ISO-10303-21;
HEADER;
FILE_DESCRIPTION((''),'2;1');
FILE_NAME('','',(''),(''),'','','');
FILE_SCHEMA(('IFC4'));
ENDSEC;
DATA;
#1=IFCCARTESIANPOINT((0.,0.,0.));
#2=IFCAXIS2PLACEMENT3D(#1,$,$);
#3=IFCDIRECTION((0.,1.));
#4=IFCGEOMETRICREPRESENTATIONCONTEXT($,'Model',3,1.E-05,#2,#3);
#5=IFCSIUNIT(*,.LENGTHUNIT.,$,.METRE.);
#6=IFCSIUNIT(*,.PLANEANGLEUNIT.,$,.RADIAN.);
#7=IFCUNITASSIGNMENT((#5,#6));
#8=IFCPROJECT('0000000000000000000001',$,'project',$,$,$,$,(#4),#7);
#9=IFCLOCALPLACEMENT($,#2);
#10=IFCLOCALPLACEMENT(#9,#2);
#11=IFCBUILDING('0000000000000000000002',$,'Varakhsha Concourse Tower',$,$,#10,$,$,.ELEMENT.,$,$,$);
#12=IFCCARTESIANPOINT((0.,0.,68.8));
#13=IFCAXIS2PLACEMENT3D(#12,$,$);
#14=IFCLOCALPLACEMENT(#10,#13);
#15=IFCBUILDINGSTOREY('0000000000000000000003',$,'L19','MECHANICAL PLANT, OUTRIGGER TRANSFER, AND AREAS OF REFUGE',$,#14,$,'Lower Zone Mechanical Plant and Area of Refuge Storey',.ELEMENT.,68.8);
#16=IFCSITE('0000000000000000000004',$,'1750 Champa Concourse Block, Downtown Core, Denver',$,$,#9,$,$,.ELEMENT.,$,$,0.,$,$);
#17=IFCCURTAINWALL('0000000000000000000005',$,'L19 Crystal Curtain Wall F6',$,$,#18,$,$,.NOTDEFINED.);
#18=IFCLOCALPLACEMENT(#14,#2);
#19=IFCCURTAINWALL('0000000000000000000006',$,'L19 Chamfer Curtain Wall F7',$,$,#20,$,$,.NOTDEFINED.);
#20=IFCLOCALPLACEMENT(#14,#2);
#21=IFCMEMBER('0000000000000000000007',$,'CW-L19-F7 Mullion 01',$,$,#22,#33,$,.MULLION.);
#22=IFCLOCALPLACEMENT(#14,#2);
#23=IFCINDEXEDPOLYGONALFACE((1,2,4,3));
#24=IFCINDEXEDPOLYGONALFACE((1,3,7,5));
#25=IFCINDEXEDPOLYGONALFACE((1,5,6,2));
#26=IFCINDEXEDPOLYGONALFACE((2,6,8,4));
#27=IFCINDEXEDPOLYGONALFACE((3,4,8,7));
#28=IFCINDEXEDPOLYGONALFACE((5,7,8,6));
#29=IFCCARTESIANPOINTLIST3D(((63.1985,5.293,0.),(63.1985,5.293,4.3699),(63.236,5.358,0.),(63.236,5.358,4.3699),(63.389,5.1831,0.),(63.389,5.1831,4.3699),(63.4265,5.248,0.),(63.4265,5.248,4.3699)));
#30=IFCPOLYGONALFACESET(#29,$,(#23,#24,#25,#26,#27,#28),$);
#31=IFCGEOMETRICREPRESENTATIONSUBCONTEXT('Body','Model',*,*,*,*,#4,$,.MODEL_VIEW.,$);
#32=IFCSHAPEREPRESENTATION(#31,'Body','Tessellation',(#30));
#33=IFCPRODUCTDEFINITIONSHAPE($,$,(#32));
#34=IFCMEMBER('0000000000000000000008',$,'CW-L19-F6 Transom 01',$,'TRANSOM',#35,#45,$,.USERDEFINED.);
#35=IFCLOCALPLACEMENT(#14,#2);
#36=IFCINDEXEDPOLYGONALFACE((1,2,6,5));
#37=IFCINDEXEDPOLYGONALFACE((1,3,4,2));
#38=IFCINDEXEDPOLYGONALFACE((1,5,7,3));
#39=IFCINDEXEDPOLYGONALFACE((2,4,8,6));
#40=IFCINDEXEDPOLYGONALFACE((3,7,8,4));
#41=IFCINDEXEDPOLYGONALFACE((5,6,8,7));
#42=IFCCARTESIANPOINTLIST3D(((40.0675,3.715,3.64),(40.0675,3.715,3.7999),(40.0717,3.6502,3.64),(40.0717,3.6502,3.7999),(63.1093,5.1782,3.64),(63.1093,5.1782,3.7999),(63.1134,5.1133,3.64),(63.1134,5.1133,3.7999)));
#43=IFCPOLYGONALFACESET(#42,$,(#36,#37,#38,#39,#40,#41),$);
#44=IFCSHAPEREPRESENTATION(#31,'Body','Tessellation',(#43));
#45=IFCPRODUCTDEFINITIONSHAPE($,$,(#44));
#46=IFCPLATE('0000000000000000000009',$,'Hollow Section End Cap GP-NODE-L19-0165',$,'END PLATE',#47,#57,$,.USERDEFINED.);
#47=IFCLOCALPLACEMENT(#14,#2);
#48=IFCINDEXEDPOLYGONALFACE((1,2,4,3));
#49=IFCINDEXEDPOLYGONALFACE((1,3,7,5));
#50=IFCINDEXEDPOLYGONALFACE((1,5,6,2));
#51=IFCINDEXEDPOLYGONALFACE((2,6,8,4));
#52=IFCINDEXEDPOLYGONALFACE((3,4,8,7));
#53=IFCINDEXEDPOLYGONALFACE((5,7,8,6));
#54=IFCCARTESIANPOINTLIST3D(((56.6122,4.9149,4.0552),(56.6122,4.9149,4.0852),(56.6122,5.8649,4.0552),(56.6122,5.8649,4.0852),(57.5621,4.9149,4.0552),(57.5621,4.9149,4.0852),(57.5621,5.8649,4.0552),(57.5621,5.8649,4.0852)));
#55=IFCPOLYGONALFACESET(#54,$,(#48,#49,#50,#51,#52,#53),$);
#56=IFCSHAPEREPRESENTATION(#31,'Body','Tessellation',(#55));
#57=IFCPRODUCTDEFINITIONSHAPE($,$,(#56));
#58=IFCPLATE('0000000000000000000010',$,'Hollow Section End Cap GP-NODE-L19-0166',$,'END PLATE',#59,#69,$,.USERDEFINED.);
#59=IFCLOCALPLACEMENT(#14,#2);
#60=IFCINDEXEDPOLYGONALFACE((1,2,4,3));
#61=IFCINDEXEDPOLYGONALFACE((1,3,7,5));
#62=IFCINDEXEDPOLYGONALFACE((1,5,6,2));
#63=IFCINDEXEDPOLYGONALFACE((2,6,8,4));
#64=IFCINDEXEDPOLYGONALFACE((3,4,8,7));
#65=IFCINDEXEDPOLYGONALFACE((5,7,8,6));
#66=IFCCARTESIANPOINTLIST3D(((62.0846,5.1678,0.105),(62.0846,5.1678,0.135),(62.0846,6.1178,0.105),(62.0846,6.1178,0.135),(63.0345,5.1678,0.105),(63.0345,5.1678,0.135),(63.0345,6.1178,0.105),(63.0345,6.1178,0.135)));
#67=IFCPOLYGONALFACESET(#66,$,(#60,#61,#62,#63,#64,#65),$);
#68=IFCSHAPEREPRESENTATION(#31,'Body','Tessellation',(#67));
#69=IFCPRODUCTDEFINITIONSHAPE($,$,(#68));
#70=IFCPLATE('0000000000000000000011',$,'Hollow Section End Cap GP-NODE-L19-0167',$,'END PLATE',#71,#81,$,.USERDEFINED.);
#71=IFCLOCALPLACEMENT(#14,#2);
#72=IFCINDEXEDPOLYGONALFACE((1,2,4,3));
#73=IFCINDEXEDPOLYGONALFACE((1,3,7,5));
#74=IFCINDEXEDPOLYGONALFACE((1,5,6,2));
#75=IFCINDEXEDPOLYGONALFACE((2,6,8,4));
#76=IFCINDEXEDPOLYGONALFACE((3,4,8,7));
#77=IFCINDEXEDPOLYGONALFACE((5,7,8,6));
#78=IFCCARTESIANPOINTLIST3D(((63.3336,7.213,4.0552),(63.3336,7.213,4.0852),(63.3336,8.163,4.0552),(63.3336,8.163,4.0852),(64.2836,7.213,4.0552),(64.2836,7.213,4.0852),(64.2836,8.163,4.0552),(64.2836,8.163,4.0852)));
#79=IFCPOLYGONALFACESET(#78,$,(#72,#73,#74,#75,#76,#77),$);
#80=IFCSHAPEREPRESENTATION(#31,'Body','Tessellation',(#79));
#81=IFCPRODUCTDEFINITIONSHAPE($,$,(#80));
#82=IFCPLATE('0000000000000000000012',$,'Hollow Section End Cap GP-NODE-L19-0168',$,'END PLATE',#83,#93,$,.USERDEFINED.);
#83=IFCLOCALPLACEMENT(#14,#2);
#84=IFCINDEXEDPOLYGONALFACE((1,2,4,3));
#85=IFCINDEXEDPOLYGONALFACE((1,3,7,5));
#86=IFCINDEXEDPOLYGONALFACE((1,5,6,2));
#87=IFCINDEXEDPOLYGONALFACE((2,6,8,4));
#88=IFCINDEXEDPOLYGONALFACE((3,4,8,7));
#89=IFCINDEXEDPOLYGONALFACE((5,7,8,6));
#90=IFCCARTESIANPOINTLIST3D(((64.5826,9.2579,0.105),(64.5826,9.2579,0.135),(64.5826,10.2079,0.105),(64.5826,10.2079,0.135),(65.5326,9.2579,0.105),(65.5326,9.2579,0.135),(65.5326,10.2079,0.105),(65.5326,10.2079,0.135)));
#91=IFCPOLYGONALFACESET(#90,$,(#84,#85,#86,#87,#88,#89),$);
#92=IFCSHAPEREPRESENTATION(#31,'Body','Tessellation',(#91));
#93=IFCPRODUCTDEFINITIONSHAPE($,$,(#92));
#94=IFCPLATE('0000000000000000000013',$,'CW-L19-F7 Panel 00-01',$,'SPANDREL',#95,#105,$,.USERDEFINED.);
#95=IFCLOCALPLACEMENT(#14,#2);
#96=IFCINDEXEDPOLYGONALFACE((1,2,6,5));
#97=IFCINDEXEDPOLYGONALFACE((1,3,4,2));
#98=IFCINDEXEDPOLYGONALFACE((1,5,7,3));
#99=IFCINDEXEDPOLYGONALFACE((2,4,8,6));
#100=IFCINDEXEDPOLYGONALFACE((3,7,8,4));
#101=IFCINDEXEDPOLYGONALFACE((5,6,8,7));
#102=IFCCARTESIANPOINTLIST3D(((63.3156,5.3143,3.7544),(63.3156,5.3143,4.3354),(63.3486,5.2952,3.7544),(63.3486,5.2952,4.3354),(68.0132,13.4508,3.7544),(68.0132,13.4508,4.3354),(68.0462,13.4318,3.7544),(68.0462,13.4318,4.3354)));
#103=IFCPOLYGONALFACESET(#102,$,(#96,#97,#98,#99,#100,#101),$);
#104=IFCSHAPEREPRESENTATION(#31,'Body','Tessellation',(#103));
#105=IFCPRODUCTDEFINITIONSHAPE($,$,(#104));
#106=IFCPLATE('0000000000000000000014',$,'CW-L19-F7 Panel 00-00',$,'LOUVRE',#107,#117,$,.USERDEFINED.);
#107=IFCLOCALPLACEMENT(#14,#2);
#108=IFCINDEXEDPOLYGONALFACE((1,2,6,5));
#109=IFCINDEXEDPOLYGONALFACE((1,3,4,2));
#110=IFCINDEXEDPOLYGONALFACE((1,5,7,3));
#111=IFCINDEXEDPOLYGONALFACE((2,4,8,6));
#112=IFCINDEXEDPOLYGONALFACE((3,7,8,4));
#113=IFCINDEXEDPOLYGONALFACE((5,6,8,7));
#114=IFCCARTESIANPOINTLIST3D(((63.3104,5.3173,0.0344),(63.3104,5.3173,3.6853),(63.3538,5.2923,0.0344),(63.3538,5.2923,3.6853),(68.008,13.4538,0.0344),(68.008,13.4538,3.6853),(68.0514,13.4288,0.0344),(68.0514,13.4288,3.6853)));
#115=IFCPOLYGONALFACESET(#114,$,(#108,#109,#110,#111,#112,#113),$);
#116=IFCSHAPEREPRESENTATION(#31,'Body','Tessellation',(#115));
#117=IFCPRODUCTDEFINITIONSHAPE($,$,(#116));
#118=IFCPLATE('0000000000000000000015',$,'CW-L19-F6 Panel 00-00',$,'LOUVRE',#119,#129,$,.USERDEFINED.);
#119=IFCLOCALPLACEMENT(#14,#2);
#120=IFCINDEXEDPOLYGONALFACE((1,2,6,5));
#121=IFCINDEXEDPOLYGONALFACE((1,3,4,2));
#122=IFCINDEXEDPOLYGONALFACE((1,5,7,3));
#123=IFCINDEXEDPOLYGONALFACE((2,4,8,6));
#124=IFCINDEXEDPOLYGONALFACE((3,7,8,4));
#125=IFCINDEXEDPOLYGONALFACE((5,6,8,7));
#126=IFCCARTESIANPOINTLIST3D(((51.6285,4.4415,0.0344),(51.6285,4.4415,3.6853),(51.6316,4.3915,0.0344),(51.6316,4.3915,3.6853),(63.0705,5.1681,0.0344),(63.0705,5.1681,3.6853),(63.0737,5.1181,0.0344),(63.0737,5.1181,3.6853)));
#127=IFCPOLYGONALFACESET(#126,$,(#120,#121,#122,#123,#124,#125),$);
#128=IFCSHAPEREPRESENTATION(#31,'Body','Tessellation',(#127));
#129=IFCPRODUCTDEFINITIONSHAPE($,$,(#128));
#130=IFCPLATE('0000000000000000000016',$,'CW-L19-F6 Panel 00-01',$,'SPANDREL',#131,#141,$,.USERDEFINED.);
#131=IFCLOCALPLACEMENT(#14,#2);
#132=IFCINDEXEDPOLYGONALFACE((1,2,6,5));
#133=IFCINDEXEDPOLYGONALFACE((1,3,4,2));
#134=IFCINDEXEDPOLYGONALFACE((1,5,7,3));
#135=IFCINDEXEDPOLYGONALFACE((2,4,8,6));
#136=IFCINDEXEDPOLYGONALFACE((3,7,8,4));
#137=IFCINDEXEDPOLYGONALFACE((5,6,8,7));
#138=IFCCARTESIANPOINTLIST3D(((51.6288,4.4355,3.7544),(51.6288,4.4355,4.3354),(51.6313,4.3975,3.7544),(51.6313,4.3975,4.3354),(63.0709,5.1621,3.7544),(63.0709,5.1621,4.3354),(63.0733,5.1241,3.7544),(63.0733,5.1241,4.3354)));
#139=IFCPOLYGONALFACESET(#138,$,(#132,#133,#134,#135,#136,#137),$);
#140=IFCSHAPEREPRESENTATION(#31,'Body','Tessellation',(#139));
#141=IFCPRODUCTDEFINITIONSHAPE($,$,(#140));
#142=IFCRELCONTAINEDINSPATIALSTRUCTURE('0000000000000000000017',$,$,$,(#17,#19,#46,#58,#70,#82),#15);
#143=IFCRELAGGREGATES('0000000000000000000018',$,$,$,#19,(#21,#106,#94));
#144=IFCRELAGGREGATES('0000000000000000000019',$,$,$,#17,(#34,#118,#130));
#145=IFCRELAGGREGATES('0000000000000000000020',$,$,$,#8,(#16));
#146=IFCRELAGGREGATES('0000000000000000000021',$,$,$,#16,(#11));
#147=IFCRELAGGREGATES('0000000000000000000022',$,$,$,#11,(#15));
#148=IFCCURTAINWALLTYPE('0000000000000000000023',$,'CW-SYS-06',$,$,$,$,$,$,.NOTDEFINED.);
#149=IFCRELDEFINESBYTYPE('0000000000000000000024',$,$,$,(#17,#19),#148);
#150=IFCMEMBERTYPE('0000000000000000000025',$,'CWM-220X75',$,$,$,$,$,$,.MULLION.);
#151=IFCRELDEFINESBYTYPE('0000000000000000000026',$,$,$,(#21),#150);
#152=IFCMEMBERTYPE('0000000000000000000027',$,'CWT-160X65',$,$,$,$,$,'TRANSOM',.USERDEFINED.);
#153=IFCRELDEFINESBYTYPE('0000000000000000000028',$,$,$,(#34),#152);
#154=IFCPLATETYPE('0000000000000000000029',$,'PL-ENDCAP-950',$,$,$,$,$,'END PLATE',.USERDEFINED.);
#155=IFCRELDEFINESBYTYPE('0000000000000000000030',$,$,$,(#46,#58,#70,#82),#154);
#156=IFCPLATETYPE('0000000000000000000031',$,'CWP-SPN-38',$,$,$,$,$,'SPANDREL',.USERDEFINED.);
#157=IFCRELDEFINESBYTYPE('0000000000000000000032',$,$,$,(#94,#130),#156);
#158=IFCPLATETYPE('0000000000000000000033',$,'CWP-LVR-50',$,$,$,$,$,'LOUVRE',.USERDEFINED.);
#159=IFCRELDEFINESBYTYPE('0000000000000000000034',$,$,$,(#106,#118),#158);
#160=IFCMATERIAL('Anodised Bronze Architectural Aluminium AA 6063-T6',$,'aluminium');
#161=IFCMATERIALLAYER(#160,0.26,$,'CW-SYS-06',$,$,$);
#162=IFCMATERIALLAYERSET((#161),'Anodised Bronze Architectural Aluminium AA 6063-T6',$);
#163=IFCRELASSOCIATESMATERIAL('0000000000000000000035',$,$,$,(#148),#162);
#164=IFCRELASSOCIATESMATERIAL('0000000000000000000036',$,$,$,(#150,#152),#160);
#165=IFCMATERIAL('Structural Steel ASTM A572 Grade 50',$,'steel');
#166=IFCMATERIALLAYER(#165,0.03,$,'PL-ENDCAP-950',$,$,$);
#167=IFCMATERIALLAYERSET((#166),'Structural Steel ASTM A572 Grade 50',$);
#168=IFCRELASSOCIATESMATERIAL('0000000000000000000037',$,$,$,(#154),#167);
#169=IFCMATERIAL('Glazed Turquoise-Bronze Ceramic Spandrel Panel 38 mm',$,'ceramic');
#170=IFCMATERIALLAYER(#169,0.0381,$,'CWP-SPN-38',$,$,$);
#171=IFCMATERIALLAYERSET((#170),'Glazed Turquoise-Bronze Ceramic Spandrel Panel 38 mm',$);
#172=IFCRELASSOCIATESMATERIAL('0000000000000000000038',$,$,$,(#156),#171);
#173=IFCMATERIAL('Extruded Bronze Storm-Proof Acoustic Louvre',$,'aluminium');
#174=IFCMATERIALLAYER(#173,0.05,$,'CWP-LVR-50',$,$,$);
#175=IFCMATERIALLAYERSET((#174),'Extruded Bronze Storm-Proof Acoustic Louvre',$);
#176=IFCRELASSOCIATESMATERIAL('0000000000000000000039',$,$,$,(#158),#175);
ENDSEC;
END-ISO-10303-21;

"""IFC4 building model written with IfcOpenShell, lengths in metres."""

from ifc_helpers import new_model, si_unit, direction, frame, origin, origin_2d, place, context, subcontext, project, spatial, rectangle, extrude, source, transform, mapped, material, layer, layer_set, material_profile, profile_set, type_object, type_shapes, element, aggregate, save


model = new_model("IFC4")

# Units and contexts
model_context = context("Model", 3, precision=1e-05, world=origin(), true_north=direction((0.0, 1.0)))
body_context = subcontext(model_context, "Body", "Model", "MODEL_VIEW")
ifc_project = project(units=[si_unit("LENGTHUNIT", "METRE"), si_unit("PLANEANGLEUNIT", "RADIAN")], contexts=[model_context])

# Site, building, storey
site_placement = place(None, origin())
site = spatial("IfcSite", under=ifc_project, at=site_placement, Name="1750 Champa Concourse Block, Downtown Core, Denver", CompositionType="ELEMENT", RefElevation=0.0)
building_placement = place(site_placement, origin())
building = spatial("IfcBuilding", under=site, at=building_placement, Name="Varakhsha Concourse Tower", CompositionType="ELEMENT")
storey_placement = place(building_placement, frame((0.0, 0.0, 68.8)))
storey = spatial("IfcBuildingStorey", under=building, at=storey_placement, Name="L19", Description="MECHANICAL PLANT, OUTRIGGER TRANSFER, AND AREAS OF REFUGE", LongName="Lower Zone Mechanical Plant and Area of Refuge Storey", CompositionType="ELEMENT", Elevation=68.8)

# Shared definitions
ifc_material_1 = material(Name="Structural Steel ASTM A572 Grade 50", Category="steel")

# Curtain walls, member
ifc_material_2 = material(Name="Anodised Bronze Architectural Aluminium AA 6063-T6", Category="aluminium")
ifc_layer_1 = layer(ifc_material_2, 0.26, Name="CW-SYS-06")
ifc_layer_set_1 = layer_set([ifc_layer_1], Name="Anodised Bronze Architectural Aluminium AA 6063-T6")
curtain_wall_type = type_object("IfcCurtainWallType", Name="CW-SYS-06", PredefinedType="NOTDEFINED", material=ifc_layer_set_1)
curtain_wall_1_placement = place(storey_placement, origin())
curtain_wall_1 = element("IfcCurtainWall", 1, at=curtain_wall_1_placement, inside=storey, type_object=curtain_wall_type, Name="L19 Crystal Curtain Wall F6", PredefinedType="NOTDEFINED")
ifc_material_profile_1 = material_profile(ifc_material_2, rectangle(XDim=0.075, YDim=0.22, at=origin_2d()), Name="CWM-220X75")
ifc_profile_set_1 = profile_set([ifc_material_profile_1], Name="Anodised Bronze Architectural Aluminium AA 6063-T6")
member_type_1 = type_object("IfcMemberType", Name="CWM-220X75", PredefinedType="MULLION", material=ifc_profile_set_1)
shared_shape_1 = source(origin(), body_context, "Body", "SweptSolid", [
    extrude(rectangle(XDim=0.075, YDim=0.22, at=origin_2d()), origin(), (0.0, 0.0, 1.0), 4.3699),
])
type_shapes(member_type_1, [shared_shape_1])
curtain_wall_2_placement = place(storey_placement, origin())
curtain_wall_2 = element("IfcCurtainWall", 2, at=curtain_wall_2_placement, inside=storey, type_object=curtain_wall_type, Name="L19 Chamfer Curtain Wall F7", PredefinedType="NOTDEFINED")
member_1_placement = place(storey_placement, frame((63.3125, 5.2705, 0.0), z_axis=(0.0, 0.0, 1.0), x_axis=(-0.499995, -0.866028, 0.0)))
member_1 = element("IfcMember", 3, at=member_1_placement, type_object=member_type_1, Name="CW-L19-F7 Mullion 01", PredefinedType="MULLION", context=body_context, shape_type="MappedRepresentation", body=[
    mapped(shared_shape_1, transform((0.0, 0.0, 0.0), scale=1.0)),
])

# Member
ifc_material_profile_2 = material_profile(ifc_material_2, rectangle(XDim=0.0649, YDim=0.1599, at=origin_2d()), Name="CWT-160X65")
ifc_profile_set_2 = profile_set([ifc_material_profile_2], Name="Anodised Bronze Architectural Aluminium AA 6063-T6")
member_type_2 = type_object("IfcMemberType", Name="CWT-160X65", ElementType="TRANSOM", PredefinedType="USERDEFINED", material=ifc_profile_set_2)
shared_shape_2 = source(origin(), body_context, "Body", "SweptSolid", [
    extrude(rectangle(XDim=0.0649, YDim=0.1599, at=origin_2d()), origin(), (0.0, 0.0, 1.0), 23.0881),
])
type_shapes(member_type_2, [shared_shape_2])
member_2_placement = place(storey_placement, frame((63.1113, 5.1458, 3.72), z_axis=(-0.99799, -0.063372, 0.0), x_axis=(0.063372, -0.99799, 0.0)))
member_2 = element("IfcMember", 4, at=member_2_placement, type_object=member_type_2, Name="CW-L19-F6 Transom 01", ObjectType="TRANSOM", PredefinedType="USERDEFINED", context=body_context, shape_type="MappedRepresentation", body=[
    mapped(shared_shape_2, transform((0.0, 0.0, 0.0), scale=1.0)),
])

# Plates
ifc_layer_2 = layer(ifc_material_1, 0.03, Name="PL-ENDCAP-950")
ifc_layer_set_2 = layer_set([ifc_layer_2], Name="Structural Steel ASTM A572 Grade 50")
plate_type_1 = type_object("IfcPlateType", Name="PL-ENDCAP-950", ElementType="END PLATE", PredefinedType="USERDEFINED", material=ifc_layer_set_2)
shared_shape_3 = source(origin(), body_context, "Body", "SweptSolid", [
    extrude(rectangle(XDim=0.95, YDim=0.95, at=origin_2d()), origin(), (0.0, 0.0, 1.0), 0.03),
])
type_shapes(plate_type_1, [shared_shape_3])
for number, where, z_axis, x_axis, name in (
    (5, (57.0872, 5.3899, 4.0552), (0.0, 0.0, 1.0), (1.0, 0.0, 0.0), "Hollow Section End Cap GP-NODE-L19-0165"),
    (6, (62.5596, 5.6428, 0.105), (0.0, 0.0, 1.0), (1.0, 0.0, 0.0), "Hollow Section End Cap GP-NODE-L19-0166"),
    (7, (63.8086, 7.688, 4.0552), (0.0, 0.0, 1.0), (1.0, 0.0, 0.0), "Hollow Section End Cap GP-NODE-L19-0167"),
    (8, (65.0576, 9.7329, 0.105), (0.0, 0.0, 1.0), (1.0, 0.0, 0.0), "Hollow Section End Cap GP-NODE-L19-0168"),
):
    element("IfcPlate", number, at=place(storey_placement, frame(where, z_axis=z_axis, x_axis=x_axis)), inside=storey, type_object=plate_type_1, Name=name, ObjectType="END PLATE", PredefinedType="USERDEFINED", context=body_context, shape_type="MappedRepresentation", body=[
        mapped(shared_shape_3, transform((0.0, 0.0, 0.0), scale=1.0)),
    ])

# Plates
ifc_material_3 = material(Name="Glazed Turquoise-Bronze Ceramic Spandrel Panel 38 mm", Category="ceramic")
ifc_layer_3 = layer(ifc_material_3, 0.0381, Name="CWP-SPN-38")
ifc_layer_set_3 = layer_set([ifc_layer_3], Name="Glazed Turquoise-Bronze Ceramic Spandrel Panel 38 mm")
plate_type_2 = type_object("IfcPlateType", Name="CWP-SPN-38", ElementType="SPANDREL", PredefinedType="USERDEFINED", material=ifc_layer_set_3)
shared_shape_4 = source(origin(), body_context, "Body", "SweptSolid", [
    extrude(rectangle(XDim=9.3953, YDim=0.0381, at=origin_2d()), origin(), (0.0, 0.0, 1.0), 0.5811),
])
plate_1_placement = place(storey_placement, frame((65.6809, 9.373, 3.7544), z_axis=(0.0, 0.0, 1.0), x_axis=(-0.499995, -0.866028, 0.0)))
plate_1 = element("IfcPlate", 9, at=plate_1_placement, type_object=plate_type_2, Name="CW-L19-F7 Panel 00-01", ObjectType="SPANDREL", PredefinedType="USERDEFINED", context=body_context, shape_type="MappedRepresentation", body=[
    mapped(shared_shape_4, transform((0.0, 0.0, 0.0), scale=1.0)),
])
ifc_material_4 = material(Name="Extruded Bronze Storm-Proof Acoustic Louvre", Category="aluminium")
ifc_layer_4 = layer(ifc_material_4, 0.05, Name="CWP-LVR-50")
ifc_layer_set_4 = layer_set([ifc_layer_4], Name="Extruded Bronze Storm-Proof Acoustic Louvre")
plate_type_3 = type_object("IfcPlateType", Name="CWP-LVR-50", ElementType="LOUVRE", PredefinedType="USERDEFINED", material=ifc_layer_set_4)
shared_shape_5 = source(origin(), body_context, "Body", "SweptSolid", [
    extrude(rectangle(XDim=9.3953, YDim=0.05, at=origin_2d()), origin(), (0.0, 0.0, 1.0), 3.6509),
])
plate_2_placement = place(storey_placement, frame((65.6809, 9.373, 0.0344), z_axis=(0.0, 0.0, 1.0), x_axis=(-0.499995, -0.866028, 0.0)))
plate_2 = element("IfcPlate", 10, at=plate_2_placement, type_object=plate_type_3, Name="CW-L19-F7 Panel 00-00", ObjectType="LOUVRE", PredefinedType="USERDEFINED", context=body_context, shape_type="MappedRepresentation", body=[
    mapped(shared_shape_5, transform((0.0, 0.0, 0.0), scale=1.0)),
])
aggregate(curtain_wall_2, [member_1, plate_2, plate_1])
shared_shape_6 = source(origin(), body_context, "Body", "SweptSolid", [
    extrude(rectangle(XDim=11.4651, YDim=0.05, at=origin_2d()), origin(), (0.0, 0.0, 1.0), 3.6509),
])
type_shapes(plate_type_3, [shared_shape_5, shared_shape_6])
plate_3_placement = place(storey_placement, frame((57.3511, 4.7798, 0.0344), z_axis=(0.0, 0.0, 1.0), x_axis=(-0.99799, -0.063374, 0.0)))
plate_3 = element("IfcPlate", 11, at=plate_3_placement, type_object=plate_type_3, Name="CW-L19-F6 Panel 00-00", ObjectType="LOUVRE", PredefinedType="USERDEFINED", context=body_context, shape_type="MappedRepresentation", body=[
    mapped(shared_shape_6, transform((0.0, 0.0, 0.0), scale=1.0)),
])
shared_shape_7 = source(origin(), body_context, "Body", "SweptSolid", [
    extrude(rectangle(XDim=11.4651, YDim=0.0381, at=origin_2d()), origin(), (0.0, 0.0, 1.0), 0.5811),
])
type_shapes(plate_type_2, [shared_shape_4, shared_shape_7])
plate_4_placement = place(storey_placement, frame((57.3511, 4.7798, 3.7544), z_axis=(0.0, 0.0, 1.0), x_axis=(-0.99799, -0.063374, 0.0)))
plate_4 = element("IfcPlate", 12, at=plate_4_placement, type_object=plate_type_2, Name="CW-L19-F6 Panel 00-01", ObjectType="SPANDREL", PredefinedType="USERDEFINED", context=body_context, shape_type="MappedRepresentation", body=[
    mapped(shared_shape_7, transform((0.0, 0.0, 0.0), scale=1.0)),
])
aggregate(curtain_wall_1, [member_2, plate_3, plate_4])

save(model, "model.ifc")
